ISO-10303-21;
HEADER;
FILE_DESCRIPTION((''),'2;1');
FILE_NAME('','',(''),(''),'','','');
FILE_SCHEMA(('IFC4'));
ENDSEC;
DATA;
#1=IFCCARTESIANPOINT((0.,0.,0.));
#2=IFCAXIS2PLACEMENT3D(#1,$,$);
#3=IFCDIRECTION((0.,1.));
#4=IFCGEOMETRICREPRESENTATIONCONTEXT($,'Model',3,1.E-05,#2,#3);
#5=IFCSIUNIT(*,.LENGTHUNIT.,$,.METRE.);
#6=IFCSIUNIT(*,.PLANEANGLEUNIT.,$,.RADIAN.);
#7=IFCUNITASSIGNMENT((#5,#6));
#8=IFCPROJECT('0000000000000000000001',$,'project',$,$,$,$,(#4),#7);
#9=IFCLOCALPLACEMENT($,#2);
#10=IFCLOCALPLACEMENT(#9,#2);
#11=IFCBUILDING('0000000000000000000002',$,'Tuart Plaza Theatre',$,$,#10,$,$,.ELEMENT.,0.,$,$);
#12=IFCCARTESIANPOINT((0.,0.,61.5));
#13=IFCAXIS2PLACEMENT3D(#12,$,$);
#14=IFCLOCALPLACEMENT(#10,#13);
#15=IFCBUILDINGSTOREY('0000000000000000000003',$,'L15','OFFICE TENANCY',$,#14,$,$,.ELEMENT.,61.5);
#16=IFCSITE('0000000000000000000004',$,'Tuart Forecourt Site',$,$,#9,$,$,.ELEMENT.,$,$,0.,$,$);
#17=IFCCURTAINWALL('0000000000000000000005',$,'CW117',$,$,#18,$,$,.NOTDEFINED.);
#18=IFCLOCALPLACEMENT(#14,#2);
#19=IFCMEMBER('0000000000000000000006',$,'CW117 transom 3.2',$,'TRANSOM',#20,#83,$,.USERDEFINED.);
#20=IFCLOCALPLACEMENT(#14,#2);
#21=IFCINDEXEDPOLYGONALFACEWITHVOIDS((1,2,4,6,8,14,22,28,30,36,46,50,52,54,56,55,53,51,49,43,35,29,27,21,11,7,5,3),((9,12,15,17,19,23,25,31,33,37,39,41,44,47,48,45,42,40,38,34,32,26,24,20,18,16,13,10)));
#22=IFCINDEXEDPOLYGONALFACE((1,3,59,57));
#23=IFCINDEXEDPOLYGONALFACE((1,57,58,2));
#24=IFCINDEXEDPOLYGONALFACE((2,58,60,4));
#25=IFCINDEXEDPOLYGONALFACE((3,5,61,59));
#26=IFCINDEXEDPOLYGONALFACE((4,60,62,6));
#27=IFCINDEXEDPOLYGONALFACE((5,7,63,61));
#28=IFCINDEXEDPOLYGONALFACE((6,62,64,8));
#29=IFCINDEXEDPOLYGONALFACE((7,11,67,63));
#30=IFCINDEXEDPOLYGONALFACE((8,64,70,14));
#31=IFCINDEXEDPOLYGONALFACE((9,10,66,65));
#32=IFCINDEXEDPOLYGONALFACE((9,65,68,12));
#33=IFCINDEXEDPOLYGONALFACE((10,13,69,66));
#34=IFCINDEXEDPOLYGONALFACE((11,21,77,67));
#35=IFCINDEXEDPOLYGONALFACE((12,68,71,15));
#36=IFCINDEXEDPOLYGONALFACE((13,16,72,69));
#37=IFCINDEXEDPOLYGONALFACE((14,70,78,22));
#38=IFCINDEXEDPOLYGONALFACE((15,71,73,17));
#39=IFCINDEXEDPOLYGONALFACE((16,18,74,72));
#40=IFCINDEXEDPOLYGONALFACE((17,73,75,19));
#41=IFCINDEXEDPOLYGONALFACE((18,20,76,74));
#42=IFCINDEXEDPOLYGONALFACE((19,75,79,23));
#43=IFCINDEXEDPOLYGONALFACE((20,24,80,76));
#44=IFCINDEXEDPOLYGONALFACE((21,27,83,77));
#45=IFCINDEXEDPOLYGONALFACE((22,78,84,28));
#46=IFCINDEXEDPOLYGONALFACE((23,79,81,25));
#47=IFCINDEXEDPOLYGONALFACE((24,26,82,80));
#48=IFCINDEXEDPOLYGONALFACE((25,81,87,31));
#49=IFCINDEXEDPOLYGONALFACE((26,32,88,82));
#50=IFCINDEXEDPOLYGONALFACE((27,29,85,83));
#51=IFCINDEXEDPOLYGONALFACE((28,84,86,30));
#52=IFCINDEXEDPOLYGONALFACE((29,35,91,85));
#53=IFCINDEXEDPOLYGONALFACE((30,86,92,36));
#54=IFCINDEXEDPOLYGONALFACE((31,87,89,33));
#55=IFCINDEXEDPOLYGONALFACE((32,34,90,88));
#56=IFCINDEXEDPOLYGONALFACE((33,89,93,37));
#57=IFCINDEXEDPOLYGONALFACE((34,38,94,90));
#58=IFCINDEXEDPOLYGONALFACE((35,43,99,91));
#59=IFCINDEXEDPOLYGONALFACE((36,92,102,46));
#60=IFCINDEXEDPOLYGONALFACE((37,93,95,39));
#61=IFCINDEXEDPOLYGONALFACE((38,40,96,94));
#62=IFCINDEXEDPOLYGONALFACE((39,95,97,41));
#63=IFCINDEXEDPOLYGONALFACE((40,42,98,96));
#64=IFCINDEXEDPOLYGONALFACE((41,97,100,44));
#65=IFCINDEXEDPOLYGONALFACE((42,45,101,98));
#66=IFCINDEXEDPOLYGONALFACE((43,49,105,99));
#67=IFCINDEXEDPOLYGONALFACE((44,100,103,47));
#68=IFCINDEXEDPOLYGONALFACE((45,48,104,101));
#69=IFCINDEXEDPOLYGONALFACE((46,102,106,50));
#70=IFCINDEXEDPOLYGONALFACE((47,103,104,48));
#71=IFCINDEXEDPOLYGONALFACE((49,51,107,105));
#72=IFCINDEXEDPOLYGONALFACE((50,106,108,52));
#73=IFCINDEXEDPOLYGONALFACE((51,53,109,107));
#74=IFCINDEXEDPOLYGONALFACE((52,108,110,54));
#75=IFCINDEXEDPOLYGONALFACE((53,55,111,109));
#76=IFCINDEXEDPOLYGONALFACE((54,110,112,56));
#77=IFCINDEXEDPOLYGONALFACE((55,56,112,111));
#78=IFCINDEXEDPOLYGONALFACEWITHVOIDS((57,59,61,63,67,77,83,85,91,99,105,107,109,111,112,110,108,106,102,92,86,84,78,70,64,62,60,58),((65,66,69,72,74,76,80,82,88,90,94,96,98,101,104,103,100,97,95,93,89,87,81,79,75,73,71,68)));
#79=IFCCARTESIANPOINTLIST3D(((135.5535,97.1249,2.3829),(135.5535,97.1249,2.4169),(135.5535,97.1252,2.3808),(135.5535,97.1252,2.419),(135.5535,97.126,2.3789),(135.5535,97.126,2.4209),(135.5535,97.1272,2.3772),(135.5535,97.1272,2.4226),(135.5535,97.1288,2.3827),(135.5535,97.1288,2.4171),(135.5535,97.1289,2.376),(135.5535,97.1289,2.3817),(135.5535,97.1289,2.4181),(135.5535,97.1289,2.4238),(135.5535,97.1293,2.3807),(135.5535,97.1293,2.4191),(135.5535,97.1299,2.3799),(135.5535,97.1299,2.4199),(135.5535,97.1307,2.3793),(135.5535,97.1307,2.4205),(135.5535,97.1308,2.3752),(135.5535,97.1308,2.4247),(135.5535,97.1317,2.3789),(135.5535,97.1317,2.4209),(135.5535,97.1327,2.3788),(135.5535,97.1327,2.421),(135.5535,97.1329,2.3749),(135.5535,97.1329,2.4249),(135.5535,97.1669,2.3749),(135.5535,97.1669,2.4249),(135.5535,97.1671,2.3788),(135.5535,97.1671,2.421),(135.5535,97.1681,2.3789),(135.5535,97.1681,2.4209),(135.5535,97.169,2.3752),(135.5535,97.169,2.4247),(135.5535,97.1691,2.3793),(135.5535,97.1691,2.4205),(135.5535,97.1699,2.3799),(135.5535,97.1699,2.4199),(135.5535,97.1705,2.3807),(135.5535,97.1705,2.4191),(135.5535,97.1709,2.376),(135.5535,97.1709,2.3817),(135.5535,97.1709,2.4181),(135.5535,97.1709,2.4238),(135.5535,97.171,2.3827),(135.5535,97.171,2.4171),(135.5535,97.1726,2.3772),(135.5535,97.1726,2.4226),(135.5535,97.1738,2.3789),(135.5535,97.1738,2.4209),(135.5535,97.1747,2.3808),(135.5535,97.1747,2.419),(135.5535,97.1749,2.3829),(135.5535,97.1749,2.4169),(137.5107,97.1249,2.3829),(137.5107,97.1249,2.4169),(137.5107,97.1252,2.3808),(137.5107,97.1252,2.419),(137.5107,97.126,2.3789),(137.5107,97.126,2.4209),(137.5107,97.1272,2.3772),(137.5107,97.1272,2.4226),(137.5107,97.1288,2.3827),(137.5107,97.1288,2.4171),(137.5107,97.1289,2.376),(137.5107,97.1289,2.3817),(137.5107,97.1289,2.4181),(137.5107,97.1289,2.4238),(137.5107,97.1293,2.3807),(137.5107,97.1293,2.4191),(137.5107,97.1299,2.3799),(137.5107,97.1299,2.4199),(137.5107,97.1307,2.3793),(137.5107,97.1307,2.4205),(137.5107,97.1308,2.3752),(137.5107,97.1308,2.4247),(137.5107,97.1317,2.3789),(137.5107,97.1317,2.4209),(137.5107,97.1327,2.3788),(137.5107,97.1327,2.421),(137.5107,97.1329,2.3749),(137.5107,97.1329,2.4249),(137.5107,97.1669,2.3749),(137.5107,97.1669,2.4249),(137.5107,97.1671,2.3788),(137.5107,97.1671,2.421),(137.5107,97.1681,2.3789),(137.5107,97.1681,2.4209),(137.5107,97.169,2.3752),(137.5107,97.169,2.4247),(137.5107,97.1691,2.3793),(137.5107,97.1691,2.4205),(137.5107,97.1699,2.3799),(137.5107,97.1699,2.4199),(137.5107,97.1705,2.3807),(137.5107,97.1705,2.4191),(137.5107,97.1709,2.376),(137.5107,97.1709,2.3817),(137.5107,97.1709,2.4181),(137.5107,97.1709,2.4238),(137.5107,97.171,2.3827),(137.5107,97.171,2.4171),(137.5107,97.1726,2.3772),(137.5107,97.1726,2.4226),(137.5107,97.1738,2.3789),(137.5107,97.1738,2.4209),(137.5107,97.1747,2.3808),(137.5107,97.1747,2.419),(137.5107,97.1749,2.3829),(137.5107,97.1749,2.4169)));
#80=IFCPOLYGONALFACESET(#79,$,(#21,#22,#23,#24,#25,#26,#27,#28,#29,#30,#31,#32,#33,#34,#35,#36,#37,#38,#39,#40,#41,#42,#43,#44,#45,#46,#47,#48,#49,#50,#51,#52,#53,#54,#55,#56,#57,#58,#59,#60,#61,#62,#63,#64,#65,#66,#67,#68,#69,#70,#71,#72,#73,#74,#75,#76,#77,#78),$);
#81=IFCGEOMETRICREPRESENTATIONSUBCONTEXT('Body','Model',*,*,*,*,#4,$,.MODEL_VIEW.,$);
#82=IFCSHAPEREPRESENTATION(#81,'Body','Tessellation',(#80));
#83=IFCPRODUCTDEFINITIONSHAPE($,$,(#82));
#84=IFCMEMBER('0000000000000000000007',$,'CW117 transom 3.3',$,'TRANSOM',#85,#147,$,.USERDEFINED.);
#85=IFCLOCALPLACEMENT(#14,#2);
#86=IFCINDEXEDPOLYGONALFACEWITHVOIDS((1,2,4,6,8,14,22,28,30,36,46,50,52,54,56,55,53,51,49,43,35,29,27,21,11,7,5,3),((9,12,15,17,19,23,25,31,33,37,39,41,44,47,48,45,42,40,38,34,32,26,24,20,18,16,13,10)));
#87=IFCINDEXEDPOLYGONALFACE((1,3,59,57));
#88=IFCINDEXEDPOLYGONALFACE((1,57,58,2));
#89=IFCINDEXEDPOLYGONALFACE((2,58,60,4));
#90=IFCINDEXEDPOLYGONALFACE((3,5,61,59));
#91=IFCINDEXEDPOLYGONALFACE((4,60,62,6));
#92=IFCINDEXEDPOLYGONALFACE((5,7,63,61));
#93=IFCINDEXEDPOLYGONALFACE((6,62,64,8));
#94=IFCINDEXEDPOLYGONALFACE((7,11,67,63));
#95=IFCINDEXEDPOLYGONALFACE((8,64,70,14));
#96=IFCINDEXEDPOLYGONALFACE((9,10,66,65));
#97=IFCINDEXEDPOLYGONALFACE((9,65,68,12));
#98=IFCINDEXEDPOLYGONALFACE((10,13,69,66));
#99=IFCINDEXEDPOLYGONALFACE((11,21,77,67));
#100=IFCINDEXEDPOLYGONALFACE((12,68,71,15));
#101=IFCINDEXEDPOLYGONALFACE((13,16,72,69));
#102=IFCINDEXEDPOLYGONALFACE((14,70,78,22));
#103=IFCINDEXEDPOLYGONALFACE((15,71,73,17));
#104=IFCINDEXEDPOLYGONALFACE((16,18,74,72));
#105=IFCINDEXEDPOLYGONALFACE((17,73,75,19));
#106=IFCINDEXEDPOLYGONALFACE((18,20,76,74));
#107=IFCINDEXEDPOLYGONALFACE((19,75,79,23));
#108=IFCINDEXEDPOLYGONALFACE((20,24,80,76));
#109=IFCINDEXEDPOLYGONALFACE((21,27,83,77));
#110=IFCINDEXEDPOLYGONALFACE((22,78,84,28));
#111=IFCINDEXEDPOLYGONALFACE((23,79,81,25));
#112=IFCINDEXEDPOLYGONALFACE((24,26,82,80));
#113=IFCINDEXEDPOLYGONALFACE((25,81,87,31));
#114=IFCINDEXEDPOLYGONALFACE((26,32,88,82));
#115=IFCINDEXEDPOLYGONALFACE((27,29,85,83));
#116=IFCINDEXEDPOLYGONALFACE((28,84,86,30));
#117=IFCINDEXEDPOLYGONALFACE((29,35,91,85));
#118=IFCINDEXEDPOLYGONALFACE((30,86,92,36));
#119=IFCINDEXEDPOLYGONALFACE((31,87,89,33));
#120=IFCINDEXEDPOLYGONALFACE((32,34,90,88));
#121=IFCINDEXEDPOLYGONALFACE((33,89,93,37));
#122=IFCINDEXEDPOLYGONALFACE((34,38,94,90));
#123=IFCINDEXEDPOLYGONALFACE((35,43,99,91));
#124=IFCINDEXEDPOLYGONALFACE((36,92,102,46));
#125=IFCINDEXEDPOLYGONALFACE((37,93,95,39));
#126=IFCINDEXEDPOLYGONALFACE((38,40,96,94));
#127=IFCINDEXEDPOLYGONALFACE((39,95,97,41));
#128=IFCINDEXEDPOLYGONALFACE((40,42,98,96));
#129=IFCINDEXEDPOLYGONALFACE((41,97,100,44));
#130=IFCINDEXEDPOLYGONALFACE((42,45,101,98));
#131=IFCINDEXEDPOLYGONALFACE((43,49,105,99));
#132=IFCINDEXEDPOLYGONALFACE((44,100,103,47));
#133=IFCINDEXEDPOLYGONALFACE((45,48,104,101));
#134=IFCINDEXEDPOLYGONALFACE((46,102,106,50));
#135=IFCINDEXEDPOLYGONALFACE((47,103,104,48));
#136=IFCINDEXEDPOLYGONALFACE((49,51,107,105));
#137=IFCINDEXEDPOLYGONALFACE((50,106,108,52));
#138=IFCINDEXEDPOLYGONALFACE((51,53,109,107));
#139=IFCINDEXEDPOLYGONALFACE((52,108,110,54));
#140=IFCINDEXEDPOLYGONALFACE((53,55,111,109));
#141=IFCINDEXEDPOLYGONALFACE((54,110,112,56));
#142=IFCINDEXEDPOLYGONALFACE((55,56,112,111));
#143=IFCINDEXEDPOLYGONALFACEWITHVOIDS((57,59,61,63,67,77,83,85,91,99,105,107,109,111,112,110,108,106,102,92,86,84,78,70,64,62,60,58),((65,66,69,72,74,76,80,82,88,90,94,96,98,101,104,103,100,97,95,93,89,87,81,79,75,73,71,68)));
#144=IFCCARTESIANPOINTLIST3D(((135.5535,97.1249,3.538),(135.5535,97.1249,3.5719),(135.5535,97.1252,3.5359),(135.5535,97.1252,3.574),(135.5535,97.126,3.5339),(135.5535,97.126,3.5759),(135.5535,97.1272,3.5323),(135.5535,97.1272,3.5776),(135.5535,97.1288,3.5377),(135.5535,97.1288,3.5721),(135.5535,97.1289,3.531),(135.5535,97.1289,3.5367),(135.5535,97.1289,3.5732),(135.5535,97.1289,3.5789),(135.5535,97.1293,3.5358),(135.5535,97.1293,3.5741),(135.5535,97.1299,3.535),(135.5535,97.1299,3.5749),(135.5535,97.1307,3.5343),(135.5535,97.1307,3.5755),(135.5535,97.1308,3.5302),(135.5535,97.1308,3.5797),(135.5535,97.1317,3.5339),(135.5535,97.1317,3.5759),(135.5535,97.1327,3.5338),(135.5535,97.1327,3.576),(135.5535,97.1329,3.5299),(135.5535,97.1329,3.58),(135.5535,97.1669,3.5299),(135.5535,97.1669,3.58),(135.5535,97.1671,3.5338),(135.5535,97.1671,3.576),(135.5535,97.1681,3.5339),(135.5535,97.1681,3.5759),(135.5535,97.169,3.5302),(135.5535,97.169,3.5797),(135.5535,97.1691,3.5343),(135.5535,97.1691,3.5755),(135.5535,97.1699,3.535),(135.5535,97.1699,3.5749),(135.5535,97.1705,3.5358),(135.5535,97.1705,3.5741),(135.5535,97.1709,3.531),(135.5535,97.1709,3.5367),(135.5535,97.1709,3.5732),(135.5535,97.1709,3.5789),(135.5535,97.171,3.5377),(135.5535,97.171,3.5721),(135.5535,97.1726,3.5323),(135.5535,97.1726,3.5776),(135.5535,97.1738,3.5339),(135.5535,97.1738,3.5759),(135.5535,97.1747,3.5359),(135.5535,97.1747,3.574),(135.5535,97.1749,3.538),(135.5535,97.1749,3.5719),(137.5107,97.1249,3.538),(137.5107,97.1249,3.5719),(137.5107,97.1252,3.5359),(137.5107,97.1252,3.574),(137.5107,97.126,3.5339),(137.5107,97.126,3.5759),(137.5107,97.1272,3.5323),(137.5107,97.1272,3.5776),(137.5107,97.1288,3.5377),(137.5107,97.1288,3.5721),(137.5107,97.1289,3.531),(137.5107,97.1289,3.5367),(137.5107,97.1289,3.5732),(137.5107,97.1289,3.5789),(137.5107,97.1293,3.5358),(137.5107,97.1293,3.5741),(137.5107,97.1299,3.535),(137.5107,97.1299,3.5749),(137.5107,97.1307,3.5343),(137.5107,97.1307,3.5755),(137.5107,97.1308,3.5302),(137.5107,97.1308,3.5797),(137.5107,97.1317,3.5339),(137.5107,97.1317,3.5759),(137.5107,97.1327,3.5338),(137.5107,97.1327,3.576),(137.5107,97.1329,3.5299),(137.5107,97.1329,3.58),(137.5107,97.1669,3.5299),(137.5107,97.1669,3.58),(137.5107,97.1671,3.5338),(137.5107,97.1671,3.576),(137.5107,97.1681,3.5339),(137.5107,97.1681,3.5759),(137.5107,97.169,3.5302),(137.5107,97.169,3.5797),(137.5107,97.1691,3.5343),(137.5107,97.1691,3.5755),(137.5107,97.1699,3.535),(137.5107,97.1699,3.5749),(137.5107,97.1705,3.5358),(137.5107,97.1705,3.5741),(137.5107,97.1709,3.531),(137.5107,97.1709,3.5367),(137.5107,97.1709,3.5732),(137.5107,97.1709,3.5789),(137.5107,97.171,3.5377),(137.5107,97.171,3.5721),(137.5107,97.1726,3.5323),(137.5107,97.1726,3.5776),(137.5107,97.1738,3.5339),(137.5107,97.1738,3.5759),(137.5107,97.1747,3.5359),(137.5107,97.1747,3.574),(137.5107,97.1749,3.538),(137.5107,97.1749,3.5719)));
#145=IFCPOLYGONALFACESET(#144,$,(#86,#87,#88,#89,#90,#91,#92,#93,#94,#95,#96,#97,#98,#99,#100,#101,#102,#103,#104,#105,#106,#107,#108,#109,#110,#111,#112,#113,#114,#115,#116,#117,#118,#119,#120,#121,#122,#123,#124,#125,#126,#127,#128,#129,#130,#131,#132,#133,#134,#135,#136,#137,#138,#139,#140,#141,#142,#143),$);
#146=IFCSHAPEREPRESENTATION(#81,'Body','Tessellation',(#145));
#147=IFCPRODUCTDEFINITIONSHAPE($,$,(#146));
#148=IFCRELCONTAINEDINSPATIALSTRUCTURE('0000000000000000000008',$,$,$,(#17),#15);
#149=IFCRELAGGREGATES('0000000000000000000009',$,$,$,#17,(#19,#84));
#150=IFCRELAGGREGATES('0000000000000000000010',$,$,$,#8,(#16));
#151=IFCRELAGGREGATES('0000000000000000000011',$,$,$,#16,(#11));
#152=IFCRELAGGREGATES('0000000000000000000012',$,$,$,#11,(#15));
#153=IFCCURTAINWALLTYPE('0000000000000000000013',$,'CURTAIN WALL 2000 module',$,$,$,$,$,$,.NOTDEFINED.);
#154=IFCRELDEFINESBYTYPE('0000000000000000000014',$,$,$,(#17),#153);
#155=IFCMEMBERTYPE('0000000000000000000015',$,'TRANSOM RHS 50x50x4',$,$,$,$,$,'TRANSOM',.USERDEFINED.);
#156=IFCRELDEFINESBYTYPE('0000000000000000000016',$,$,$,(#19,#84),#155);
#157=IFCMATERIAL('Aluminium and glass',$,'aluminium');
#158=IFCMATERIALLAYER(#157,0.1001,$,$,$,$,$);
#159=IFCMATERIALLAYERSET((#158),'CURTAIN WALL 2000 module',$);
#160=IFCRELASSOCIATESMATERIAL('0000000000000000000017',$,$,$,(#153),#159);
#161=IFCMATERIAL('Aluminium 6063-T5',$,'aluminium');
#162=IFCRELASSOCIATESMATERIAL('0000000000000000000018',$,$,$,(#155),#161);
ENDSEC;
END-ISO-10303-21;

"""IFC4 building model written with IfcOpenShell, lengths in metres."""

from ifc_helpers import new_model, si_unit, direction, frame, origin, origin_2d, place, context, subcontext, project, spatial, hollow_rectangle, extrude, material, layer, layer_set, material_profile, profile_set, type_object, element, aggregate, save


model = new_model("IFC4")

# Units and contexts
model_context = context("Model", 3, precision=1e-05, world=origin(), true_north=direction((0.0, 1.0)))
body_context = subcontext(model_context, "Body", "Model", "MODEL_VIEW")
ifc_project = project(units=[si_unit("LENGTHUNIT", "METRE"), si_unit("PLANEANGLEUNIT", "RADIAN")], contexts=[model_context])

# Site, building, storey
site_placement = place(None, origin())
site = spatial("IfcSite", under=ifc_project, at=site_placement, Name="Tuart Forecourt Site", CompositionType="ELEMENT", RefElevation=0.0)
building_placement = place(site_placement, origin())
building = spatial("IfcBuilding", under=site, at=building_placement, Name="Tuart Plaza Theatre", CompositionType="ELEMENT", ElevationOfRefHeight=0.0)
storey_placement = place(building_placement, frame((0.0, 0.0, 61.5)))
storey = spatial("IfcBuildingStorey", under=building, at=storey_placement, Name="L15", Description="OFFICE TENANCY", CompositionType="ELEMENT", Elevation=61.5)

# Curtain wall, members
ifc_material_1 = material(Name="Aluminium and glass", Category="aluminium")
ifc_layer_1 = layer(ifc_material_1, 0.1001)
ifc_layer_set_1 = layer_set([ifc_layer_1], Name="CURTAIN WALL 2000 module")
curtain_wall_type = type_object("IfcCurtainWallType", Name="CURTAIN WALL 2000 module", PredefinedType="NOTDEFINED", material=ifc_layer_set_1)
curtain_wall_placement = place(storey_placement, origin())
curtain_wall = element("IfcCurtainWall", 1, at=curtain_wall_placement, inside=storey, type_object=curtain_wall_type, Name="CW117", PredefinedType="NOTDEFINED")
ifc_material_2 = material(Name="Aluminium 6063-T5", Category="aluminium")
ifc_material_profile_1 = material_profile(ifc_material_2, hollow_rectangle(XDim=0.05, YDim=0.05, WallThickness=0.0039, InnerFilletRadius=0.0039, OuterFilletRadius=0.0081, at=origin_2d()), Name="RHS 50x50x4")
ifc_profile_set_1 = profile_set([ifc_material_profile_1], Name="Aluminium 6063-T5")
member_type_1 = type_object("IfcMemberType", Name="TRANSOM RHS 50x50x4", ElementType="TRANSOM", PredefinedType="USERDEFINED", material=ifc_profile_set_1)
member_1_placement = place(storey_placement, frame((137.5107, 97.1499, 2.3999), z_axis=(-1.0, 0.0, 0.0), x_axis=(0.0, -1.0, 0.0)))
member_1 = element("IfcMember", 2, at=member_1_placement, type_object=member_type_1, Name="CW117 transom 3.2", ObjectType="TRANSOM", PredefinedType="USERDEFINED", context=body_context, shape_type="SweptSolid", body=[
    extrude(hollow_rectangle(XDim=0.05, YDim=0.05, WallThickness=0.0039, InnerFilletRadius=0.0039, OuterFilletRadius=0.0081, at=origin_2d()), origin(), (0.0, 0.0, 1.0), 1.9573),
])
member_2_placement = place(storey_placement, frame((137.5107, 97.1499, 3.5549), z_axis=(-1.0, 0.0, 0.0), x_axis=(0.0, -1.0, 0.0)))
member_2 = element("IfcMember", 3, at=member_2_placement, type_object=member_type_1, Name="CW117 transom 3.3", ObjectType="TRANSOM", PredefinedType="USERDEFINED", context=body_context, shape_type="SweptSolid", body=[
    extrude(hollow_rectangle(XDim=0.05, YDim=0.05, WallThickness=0.0039, InnerFilletRadius=0.0039, OuterFilletRadius=0.0081, at=origin_2d()), origin(), (0.0, 0.0, 1.0), 1.9573),
])
aggregate(curtain_wall, [member_1, member_2])

save(model, "model.ifc")
